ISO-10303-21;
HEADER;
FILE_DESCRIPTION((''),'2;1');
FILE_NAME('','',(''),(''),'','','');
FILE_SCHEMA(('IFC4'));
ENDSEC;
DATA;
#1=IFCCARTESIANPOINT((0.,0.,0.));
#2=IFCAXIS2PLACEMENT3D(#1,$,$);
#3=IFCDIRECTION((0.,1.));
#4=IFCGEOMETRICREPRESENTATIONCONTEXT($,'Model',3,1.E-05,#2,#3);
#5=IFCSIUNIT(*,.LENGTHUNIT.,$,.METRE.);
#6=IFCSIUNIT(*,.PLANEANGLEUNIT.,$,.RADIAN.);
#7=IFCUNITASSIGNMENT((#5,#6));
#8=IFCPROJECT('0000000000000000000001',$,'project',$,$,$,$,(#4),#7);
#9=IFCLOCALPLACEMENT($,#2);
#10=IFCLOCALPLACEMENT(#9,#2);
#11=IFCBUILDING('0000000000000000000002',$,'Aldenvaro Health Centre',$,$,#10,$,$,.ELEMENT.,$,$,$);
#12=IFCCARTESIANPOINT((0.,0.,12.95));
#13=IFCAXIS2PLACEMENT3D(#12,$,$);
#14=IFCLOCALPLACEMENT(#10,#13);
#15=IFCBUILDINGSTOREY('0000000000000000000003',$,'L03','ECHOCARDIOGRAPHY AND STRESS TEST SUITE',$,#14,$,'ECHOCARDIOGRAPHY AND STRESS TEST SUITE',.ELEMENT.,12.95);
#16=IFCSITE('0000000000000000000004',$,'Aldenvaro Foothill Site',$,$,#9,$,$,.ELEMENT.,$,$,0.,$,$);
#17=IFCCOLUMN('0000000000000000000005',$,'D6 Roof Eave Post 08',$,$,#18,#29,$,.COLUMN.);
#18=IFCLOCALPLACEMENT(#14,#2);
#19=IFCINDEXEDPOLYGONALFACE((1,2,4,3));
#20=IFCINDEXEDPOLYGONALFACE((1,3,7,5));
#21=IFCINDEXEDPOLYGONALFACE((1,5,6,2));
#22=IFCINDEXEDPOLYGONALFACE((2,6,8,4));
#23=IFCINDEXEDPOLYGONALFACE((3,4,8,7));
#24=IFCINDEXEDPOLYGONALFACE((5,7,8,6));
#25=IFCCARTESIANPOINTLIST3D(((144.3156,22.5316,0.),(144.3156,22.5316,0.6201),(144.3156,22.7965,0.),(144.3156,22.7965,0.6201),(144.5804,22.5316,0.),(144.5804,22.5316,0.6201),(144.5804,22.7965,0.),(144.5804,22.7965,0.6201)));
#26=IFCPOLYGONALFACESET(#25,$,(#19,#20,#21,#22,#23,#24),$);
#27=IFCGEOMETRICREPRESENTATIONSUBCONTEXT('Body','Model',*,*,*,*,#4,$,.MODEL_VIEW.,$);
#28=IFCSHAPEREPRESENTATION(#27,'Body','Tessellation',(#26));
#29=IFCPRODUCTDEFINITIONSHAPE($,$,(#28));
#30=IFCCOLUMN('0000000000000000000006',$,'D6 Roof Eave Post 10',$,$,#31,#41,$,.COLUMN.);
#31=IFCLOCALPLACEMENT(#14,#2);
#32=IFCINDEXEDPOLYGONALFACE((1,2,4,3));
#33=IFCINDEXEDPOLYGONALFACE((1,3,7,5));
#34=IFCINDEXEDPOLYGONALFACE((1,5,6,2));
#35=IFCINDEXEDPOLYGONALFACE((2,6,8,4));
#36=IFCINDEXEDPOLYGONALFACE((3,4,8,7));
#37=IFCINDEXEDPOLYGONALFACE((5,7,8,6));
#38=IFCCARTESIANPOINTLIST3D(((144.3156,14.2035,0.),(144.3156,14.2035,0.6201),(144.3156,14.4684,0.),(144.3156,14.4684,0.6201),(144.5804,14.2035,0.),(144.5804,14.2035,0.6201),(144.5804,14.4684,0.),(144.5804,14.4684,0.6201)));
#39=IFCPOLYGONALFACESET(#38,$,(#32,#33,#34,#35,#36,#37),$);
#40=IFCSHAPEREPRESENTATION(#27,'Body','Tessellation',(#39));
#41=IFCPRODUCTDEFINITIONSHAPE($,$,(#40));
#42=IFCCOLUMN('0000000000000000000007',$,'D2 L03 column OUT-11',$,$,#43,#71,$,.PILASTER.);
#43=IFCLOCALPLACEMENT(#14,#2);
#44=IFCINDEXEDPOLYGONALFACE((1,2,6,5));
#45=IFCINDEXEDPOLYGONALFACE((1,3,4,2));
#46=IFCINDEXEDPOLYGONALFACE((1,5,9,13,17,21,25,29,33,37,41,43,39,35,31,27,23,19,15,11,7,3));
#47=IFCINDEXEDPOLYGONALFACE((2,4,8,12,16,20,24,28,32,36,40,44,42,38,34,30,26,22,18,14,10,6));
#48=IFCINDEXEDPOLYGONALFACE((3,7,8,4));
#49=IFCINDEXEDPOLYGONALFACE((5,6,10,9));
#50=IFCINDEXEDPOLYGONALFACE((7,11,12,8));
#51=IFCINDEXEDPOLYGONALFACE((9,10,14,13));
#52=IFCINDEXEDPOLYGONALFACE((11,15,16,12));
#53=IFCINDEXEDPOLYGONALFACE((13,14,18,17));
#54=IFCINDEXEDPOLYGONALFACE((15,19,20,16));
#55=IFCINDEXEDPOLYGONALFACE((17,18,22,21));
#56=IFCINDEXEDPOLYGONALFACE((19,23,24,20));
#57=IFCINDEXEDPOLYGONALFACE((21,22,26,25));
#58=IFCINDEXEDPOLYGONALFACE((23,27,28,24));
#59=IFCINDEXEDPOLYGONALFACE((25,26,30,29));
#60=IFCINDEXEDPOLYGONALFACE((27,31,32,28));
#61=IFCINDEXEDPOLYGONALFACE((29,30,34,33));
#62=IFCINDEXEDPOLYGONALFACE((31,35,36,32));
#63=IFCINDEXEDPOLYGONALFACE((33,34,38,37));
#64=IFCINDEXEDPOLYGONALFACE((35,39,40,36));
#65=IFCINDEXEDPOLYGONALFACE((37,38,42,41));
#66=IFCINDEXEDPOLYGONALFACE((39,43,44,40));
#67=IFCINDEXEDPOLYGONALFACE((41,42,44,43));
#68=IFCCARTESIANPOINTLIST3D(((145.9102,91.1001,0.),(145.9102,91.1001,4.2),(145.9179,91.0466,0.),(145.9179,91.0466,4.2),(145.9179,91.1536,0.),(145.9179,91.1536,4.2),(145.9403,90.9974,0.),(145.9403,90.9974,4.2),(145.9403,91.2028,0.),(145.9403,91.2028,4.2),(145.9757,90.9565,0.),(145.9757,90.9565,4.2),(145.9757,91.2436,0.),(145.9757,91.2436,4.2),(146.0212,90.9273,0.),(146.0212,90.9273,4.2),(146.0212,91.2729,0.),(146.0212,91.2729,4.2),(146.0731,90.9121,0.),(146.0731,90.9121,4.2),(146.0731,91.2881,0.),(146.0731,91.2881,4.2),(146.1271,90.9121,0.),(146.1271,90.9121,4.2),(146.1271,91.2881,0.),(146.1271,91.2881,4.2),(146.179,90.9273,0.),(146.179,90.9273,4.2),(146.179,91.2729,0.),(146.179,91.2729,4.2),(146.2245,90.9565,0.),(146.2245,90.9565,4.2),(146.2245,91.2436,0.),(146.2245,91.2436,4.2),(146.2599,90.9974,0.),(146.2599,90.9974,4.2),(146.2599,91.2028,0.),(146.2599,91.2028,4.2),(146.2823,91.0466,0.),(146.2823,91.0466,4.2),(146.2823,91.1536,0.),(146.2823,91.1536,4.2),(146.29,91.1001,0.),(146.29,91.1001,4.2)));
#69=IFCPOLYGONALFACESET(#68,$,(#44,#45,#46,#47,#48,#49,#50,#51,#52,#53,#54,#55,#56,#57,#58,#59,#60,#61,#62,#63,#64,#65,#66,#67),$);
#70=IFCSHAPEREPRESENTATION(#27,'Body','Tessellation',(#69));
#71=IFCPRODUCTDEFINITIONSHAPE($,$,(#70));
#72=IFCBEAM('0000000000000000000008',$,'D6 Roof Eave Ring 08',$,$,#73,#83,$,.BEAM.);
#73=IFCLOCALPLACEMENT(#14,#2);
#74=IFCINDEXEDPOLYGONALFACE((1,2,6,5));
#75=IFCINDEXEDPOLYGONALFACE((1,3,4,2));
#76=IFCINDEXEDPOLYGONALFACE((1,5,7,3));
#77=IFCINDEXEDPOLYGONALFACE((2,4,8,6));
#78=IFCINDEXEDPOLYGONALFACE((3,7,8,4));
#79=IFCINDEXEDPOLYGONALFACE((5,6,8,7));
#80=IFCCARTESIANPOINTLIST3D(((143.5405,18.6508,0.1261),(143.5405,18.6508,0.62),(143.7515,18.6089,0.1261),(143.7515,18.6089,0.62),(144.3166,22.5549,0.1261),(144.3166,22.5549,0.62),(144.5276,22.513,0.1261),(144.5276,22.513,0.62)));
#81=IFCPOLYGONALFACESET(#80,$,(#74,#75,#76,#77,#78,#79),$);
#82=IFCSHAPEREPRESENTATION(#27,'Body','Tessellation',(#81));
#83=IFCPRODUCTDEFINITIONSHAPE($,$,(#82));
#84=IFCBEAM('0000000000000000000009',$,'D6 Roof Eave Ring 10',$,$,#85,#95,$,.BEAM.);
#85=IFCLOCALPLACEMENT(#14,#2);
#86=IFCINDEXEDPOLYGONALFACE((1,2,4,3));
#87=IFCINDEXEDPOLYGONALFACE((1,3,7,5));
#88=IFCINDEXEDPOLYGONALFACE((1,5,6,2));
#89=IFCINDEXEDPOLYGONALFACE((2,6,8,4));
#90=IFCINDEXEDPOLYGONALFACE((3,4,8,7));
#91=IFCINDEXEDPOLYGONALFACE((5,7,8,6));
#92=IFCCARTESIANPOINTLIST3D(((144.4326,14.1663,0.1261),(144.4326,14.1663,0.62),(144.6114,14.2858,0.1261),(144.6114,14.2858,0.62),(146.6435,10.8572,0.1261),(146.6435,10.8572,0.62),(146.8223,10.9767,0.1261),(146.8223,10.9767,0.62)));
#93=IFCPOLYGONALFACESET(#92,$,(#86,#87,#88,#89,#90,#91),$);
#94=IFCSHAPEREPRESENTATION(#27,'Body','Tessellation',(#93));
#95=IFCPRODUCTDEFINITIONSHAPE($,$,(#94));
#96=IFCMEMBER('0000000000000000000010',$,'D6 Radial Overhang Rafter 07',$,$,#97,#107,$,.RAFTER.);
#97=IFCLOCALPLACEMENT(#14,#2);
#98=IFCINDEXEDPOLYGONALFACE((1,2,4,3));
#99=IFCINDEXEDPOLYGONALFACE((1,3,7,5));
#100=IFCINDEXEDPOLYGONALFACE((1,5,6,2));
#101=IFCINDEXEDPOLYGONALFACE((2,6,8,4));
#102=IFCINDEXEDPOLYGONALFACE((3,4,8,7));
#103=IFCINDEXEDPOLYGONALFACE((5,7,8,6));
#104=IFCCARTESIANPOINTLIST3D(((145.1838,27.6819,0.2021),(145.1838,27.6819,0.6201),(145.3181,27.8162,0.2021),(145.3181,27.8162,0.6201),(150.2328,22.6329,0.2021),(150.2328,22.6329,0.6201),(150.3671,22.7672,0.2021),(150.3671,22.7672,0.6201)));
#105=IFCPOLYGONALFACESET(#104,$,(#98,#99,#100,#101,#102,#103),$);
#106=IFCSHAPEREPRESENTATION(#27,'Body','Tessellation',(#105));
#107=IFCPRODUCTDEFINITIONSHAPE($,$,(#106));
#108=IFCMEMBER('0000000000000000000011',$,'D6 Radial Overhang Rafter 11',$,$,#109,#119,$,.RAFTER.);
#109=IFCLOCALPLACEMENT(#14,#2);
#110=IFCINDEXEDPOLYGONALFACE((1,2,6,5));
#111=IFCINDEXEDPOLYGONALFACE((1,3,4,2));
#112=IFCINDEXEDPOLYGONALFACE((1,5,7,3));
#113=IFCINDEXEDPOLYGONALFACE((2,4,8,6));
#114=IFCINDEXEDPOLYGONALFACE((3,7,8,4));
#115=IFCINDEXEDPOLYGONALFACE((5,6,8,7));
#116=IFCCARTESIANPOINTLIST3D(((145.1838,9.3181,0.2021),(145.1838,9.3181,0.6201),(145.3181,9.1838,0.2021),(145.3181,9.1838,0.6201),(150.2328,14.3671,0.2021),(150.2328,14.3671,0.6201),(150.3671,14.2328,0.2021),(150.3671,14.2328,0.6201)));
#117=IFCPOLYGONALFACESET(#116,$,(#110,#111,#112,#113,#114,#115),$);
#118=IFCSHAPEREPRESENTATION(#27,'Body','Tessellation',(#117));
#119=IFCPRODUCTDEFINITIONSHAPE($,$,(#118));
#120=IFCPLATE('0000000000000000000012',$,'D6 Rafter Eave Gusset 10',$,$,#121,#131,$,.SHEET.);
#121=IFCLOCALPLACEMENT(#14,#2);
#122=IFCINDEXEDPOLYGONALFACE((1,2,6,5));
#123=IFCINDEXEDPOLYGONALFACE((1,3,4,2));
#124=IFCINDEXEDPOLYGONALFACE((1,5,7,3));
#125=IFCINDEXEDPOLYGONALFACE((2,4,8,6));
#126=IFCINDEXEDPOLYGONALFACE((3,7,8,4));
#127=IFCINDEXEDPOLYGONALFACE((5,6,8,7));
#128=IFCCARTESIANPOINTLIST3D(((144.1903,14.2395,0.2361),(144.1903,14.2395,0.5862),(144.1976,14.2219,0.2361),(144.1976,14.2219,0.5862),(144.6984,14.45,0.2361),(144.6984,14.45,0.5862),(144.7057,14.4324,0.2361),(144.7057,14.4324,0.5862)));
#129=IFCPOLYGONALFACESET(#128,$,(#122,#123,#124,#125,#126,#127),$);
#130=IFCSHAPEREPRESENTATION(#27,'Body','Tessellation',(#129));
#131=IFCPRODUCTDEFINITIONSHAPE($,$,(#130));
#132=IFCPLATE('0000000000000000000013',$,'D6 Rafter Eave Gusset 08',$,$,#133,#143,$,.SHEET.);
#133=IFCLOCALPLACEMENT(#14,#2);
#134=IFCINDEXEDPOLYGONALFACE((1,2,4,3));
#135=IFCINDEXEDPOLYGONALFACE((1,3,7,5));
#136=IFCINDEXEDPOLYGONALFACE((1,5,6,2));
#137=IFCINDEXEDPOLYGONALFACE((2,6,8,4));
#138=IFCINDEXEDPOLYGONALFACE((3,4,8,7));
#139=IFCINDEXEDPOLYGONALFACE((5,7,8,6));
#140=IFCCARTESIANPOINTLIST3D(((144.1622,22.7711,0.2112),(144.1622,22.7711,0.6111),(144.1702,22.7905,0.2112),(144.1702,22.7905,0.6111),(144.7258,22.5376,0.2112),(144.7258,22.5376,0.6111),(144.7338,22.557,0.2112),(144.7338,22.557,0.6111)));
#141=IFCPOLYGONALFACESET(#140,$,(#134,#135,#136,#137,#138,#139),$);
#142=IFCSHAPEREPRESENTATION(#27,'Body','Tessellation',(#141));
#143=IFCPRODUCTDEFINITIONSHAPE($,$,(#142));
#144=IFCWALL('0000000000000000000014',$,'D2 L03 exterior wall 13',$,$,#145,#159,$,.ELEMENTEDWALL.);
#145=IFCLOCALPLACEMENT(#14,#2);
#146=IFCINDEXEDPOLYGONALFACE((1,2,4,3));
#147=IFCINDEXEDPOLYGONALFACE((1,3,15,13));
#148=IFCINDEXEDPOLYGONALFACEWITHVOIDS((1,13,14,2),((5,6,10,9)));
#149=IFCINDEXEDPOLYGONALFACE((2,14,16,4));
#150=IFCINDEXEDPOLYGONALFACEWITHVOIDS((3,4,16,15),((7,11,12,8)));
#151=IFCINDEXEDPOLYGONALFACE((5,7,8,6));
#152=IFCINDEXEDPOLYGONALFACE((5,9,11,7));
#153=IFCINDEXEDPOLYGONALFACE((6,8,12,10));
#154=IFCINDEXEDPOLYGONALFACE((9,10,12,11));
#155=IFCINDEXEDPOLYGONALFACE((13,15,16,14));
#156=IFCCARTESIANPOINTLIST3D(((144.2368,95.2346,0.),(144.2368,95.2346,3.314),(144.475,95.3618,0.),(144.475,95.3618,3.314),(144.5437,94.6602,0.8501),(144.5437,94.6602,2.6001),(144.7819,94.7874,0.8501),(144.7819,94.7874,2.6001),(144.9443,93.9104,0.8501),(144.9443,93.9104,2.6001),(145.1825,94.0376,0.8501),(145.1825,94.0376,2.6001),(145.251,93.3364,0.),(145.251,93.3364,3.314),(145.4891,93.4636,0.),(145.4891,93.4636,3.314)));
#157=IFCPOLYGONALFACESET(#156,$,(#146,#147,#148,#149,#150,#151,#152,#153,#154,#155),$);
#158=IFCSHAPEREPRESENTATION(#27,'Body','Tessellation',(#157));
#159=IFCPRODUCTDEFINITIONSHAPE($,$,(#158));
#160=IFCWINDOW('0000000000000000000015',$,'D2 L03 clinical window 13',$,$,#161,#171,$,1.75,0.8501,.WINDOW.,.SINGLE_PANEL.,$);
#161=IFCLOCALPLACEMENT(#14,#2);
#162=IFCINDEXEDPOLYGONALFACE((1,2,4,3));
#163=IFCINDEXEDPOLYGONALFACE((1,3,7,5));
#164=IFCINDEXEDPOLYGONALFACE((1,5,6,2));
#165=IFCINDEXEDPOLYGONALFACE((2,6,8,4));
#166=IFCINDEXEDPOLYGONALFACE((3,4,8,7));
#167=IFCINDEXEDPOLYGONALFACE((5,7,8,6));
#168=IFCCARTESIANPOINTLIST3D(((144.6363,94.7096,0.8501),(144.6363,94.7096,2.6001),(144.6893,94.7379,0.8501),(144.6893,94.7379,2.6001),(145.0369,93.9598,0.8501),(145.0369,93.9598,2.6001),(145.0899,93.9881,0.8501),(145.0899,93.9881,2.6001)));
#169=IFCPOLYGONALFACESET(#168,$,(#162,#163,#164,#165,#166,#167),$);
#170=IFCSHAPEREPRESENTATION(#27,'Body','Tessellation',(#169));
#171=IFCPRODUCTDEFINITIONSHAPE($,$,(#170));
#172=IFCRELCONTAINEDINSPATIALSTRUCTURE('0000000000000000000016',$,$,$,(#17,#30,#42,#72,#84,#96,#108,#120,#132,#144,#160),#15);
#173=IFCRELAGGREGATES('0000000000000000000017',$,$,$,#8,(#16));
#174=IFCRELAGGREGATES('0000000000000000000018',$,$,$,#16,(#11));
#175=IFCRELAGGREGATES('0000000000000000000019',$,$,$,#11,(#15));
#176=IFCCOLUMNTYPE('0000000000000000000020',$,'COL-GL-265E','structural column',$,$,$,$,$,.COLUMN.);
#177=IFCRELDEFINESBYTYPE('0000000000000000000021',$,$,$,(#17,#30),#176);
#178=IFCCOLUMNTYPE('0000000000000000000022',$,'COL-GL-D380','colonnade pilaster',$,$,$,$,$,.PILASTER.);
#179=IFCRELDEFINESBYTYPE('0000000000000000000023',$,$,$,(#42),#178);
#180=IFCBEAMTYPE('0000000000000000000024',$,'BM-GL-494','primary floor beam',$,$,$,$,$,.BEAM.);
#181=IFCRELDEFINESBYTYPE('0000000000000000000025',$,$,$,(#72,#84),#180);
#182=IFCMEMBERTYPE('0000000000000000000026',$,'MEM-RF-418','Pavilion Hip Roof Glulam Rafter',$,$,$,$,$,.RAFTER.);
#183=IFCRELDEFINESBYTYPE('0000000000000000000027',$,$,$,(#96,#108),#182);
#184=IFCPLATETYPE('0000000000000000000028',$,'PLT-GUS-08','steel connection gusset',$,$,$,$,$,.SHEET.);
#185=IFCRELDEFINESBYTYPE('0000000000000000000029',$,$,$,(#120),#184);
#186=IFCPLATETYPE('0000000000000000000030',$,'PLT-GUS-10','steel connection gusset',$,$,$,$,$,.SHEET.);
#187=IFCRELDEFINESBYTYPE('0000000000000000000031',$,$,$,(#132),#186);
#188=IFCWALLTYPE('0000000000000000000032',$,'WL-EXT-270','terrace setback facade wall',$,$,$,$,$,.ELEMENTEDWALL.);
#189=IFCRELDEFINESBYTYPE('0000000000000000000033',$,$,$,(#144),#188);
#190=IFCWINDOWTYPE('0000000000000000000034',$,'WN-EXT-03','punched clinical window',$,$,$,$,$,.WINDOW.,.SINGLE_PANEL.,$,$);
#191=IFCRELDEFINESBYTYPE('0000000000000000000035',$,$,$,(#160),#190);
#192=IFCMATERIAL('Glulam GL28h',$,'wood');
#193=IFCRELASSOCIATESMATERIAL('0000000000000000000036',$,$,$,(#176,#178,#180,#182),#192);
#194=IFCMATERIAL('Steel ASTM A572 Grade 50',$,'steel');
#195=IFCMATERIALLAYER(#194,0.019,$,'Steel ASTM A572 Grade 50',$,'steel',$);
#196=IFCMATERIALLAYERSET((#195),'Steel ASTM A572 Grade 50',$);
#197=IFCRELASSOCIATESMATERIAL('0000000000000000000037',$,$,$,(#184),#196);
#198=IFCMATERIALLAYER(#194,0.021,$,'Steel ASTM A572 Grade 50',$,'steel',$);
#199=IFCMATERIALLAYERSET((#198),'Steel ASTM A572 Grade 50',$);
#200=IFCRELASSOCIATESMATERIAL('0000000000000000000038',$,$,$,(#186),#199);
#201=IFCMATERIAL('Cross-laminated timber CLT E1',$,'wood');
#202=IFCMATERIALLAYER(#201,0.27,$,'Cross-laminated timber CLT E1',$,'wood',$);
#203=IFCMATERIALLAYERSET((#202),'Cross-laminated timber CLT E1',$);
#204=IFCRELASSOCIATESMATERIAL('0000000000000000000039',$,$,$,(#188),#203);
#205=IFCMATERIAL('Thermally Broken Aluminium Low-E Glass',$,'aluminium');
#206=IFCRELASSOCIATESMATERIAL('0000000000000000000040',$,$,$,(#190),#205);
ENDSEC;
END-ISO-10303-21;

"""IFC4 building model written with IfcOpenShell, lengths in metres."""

from ifc_helpers import new_model, si_unit, direction, frame, frame_2d, origin, origin_2d, place, context, subcontext, project, spatial, rectangle, circle, extrude, material, layer, layer_set, material_profile, profile_set, type_object, element, fill, save


model = new_model("IFC4")

# Units and contexts
model_context = context("Model", 3, precision=1e-05, world=origin(), true_north=direction((0.0, 1.0)))
body_context = subcontext(model_context, "Body", "Model", "MODEL_VIEW")
ifc_project = project(units=[si_unit("LENGTHUNIT", "METRE"), si_unit("PLANEANGLEUNIT", "RADIAN")], contexts=[model_context])

# Site, building, storey
site_placement = place(None, origin())
site = spatial("IfcSite", under=ifc_project, at=site_placement, Name="Aldenvaro Foothill Site", CompositionType="ELEMENT", RefElevation=0.0)
building_placement = place(site_placement, origin())
building = spatial("IfcBuilding", under=site, at=building_placement, Name="Aldenvaro Health Centre", CompositionType="ELEMENT")
storey_placement = place(building_placement, frame((0.0, 0.0, 12.95)))
storey = spatial("IfcBuildingStorey", under=building, at=storey_placement, Name="L03", Description="ECHOCARDIOGRAPHY AND STRESS TEST SUITE", LongName="ECHOCARDIOGRAPHY AND STRESS TEST SUITE", CompositionType="ELEMENT", Elevation=12.95)

# Columns
ifc_material_1 = material(Name="Glulam GL28h", Category="wood")
ifc_material_profile_1 = material_profile(ifc_material_1, rectangle(XDim=0.2649, YDim=0.2649, at=origin_2d()), Name="GL 265x265", Category="wood")
ifc_profile_set_1 = profile_set([ifc_material_profile_1], Name="Glulam GL28h")
column_type_1 = type_object("IfcColumnType", Name="COL-GL-265E", Description="structural column", PredefinedType="COLUMN", material=ifc_profile_set_1)
for number, where, z_axis, x_axis, name in (
    (1, (144.448, 22.6641, 0.0), (0.0, 0.0, 1.0), (1.0, 0.0, 0.0), "D6 Roof Eave Post 08"),
    (2, (144.448, 14.3359, 0.0), (0.0, 0.0, 1.0), (1.0, 0.0, 0.0), "D6 Roof Eave Post 10"),
):
    element("IfcColumn", number, at=place(storey_placement, frame(where, z_axis=z_axis, x_axis=x_axis)), inside=storey, type_object=column_type_1, Name=name, PredefinedType="COLUMN", context=body_context, shape_type="SweptSolid", body=[
        extrude(rectangle(XDim=0.2649, YDim=0.2649, at=origin_2d()), origin(), (0.0, 0.0, 1.0), 0.6201),
    ])
ifc_material_profile_2 = material_profile(ifc_material_1, circle(Radius=0.1899, at=origin_2d()), Name="GL D380", Category="wood")
ifc_profile_set_2 = profile_set([ifc_material_profile_2], Name="Glulam GL28h")
column_type_2 = type_object("IfcColumnType", Name="COL-GL-D380", Description="colonnade pilaster", PredefinedType="PILASTER", material=ifc_profile_set_2)
column_placement = place(storey_placement, frame((146.1001, 91.1001, 0.0), z_axis=(0.0, 0.0, 1.0), x_axis=(1.0, 0.0, 0.0)))
element("IfcColumn", 3, at=column_placement, inside=storey, type_object=column_type_2, Name="D2 L03 column OUT-11", PredefinedType="PILASTER", context=body_context, shape_type="SweptSolid", body=[
    extrude(circle(Radius=0.1899, at=origin_2d()), origin(), (0.0, 0.0, 1.0), 4.2),
])

# Beams
ifc_material_profile_3 = material_profile(ifc_material_1, rectangle(XDim=0.2151, YDim=0.4939, at=origin_2d()), Name="GL 215x494", Category="wood")
ifc_profile_set_3 = profile_set([ifc_material_profile_3], Name="Glulam GL28h")
beam_type = type_object("IfcBeamType", Name="BM-GL-494", Description="primary floor beam", PredefinedType="BEAM", material=ifc_profile_set_3)
beam_1_placement = place(storey_placement, frame((144.4221, 22.5339, 0.373), z_axis=(-0.194984, -0.980806, 0.0), x_axis=(0.980806, -0.194984, 0.0)))
element("IfcBeam", 4, at=beam_1_placement, inside=storey, type_object=beam_type, Name="D6 Roof Eave Ring 08", PredefinedType="BEAM", context=body_context, shape_type="SweptSolid", body=[
    extrude(rectangle(XDim=0.2151, YDim=0.4939, at=origin_2d()), origin(), (0.0, 0.0, 1.0), 3.9805),
])
beam_2_placement = place(storey_placement, frame((144.522, 14.2261, 0.373), z_axis=(0.555549, -0.831484, 0.0), x_axis=(0.831484, 0.555549, 0.0)))
element("IfcBeam", 5, at=beam_2_placement, inside=storey, type_object=beam_type, Name="D6 Roof Eave Ring 10", PredefinedType="BEAM", context=body_context, shape_type="SweptSolid", body=[
    extrude(rectangle(XDim=0.2151, YDim=0.4939, at=origin_2d()), origin(), (0.0, 0.0, 1.0), 3.9797),
])

# Members
ifc_material_profile_4 = material_profile(ifc_material_1, rectangle(XDim=0.1899, YDim=0.418, at=origin_2d()), Name="GL 190x418", Category="wood")
ifc_profile_set_4 = profile_set([ifc_material_profile_4], Name="Glulam GL28h")
member_type = type_object("IfcMemberType", Name="MEM-RF-418", Description="Pavilion Hip Roof Glulam Rafter", PredefinedType="RAFTER", material=ifc_profile_set_4)
for number, where, z_axis, x_axis, name in (
    (6, (145.251, 27.749, 0.4111), (0.707107, -0.707107, 0.0), (0.707107, 0.707107, 0.0), "D6 Radial Overhang Rafter 07"),
    (7, (145.251, 9.251, 0.4111), (0.707107, 0.707107, 0.0), (-0.707107, 0.707107, 0.0), "D6 Radial Overhang Rafter 11"),
):
    element("IfcMember", number, at=place(storey_placement, frame(where, z_axis=z_axis, x_axis=x_axis)), inside=storey, type_object=member_type, Name=name, PredefinedType="RAFTER", context=body_context, shape_type="SweptSolid", body=[
        extrude(rectangle(XDim=0.1899, YDim=0.418, at=origin_2d()), origin(), (0.0, 0.0, 1.0), 7.1404),
    ])

# Plates
ifc_material_2 = material(Name="Steel ASTM A572 Grade 50", Category="steel")
ifc_layer_1 = layer(ifc_material_2, 0.019, Name="Steel ASTM A572 Grade 50", Category="steel")
ifc_layer_set_1 = layer_set([ifc_layer_1], Name="Steel ASTM A572 Grade 50")
plate_type_1 = type_object("IfcPlateType", Name="PLT-GUS-08", Description="steel connection gusset", PredefinedType="SHEET", material=ifc_layer_set_1)
plate_1_placement = place(storey_placement, frame((144.448, 14.3359, 0.2361), z_axis=(0.0, 0.0, 1.0), x_axis=(-0.923869, -0.382709, 0.0)))
element("IfcPlate", 8, at=plate_1_placement, inside=storey, type_object=plate_type_1, Name="D6 Rafter Eave Gusset 10", PredefinedType="SHEET", context=body_context, shape_type="SweptSolid", body=[
    extrude(rectangle(XDim=0.55, YDim=0.019, at=origin_2d()), origin(), (0.0, 0.0, 1.0), 0.3501),
])
ifc_layer_2 = layer(ifc_material_2, 0.021, Name="Steel ASTM A572 Grade 50", Category="steel")
ifc_layer_set_2 = layer_set([ifc_layer_2], Name="Steel ASTM A572 Grade 50")
plate_type_2 = type_object("IfcPlateType", Name="PLT-GUS-10", Description="steel connection gusset", PredefinedType="SHEET", material=ifc_layer_set_2)
plate_2_placement = place(storey_placement, frame((144.448, 22.6641, 0.2112), z_axis=(0.0, 0.0, 1.0), x_axis=(-0.923869, 0.382709, 0.0)))
element("IfcPlate", 9, at=plate_2_placement, inside=storey, type_object=plate_type_2, Name="D6 Rafter Eave Gusset 08", PredefinedType="SHEET", context=body_context, shape_type="SweptSolid", body=[
    extrude(rectangle(XDim=0.6101, YDim=0.021, at=origin_2d()), origin(), (0.0, 0.0, 1.0), 0.3999),
])

# Wall, opening, window
ifc_material_3 = material(Name="Cross-laminated timber CLT E1", Category="wood")
ifc_layer_3 = layer(ifc_material_3, 0.27, Name="Cross-laminated timber CLT E1", Category="wood")
ifc_layer_set_3 = layer_set([ifc_layer_3], Name="Cross-laminated timber CLT E1")
wall_type = type_object("IfcWallType", Name="WL-EXT-270", Description="terrace setback facade wall", PredefinedType="ELEMENTEDWALL", material=ifc_layer_set_3)
wall_1_placement = place(storey_placement, frame((145.3701, 93.3999, 0.0), z_axis=(0.0, 0.0, 1.0), x_axis=(-0.471236, 0.882007, 0.0)))
wall_1 = element("IfcWall", 10, at=wall_1_placement, inside=storey, type_object=wall_type, Name="D2 L03 exterior wall 13", PredefinedType="ELEMENTEDWALL", context=body_context, shape_type="SweptSolid", body=[
    extrude(rectangle(XDim=2.1521, YDim=0.27, at=frame_2d((1.0762, 0.0))), origin(), (0.0, 0.0, 1.0), 3.314),
])
opening_1_placement = place(wall_1_placement, frame((0.6509, 0.0, 0.8501)))
opening_1 = element("IfcOpeningElement", 11, at=opening_1_placement, cuts=wall_1, PredefinedType="OPENING", context=body_context, shape_type="SweptSolid", body=[
    extrude(rectangle(XDim=0.8501, YDim=1.75, at=frame_2d((0.425, 0.875))), frame((0.0, 0.145, 0.0), z_axis=(0.0, -1.0, 0.0), x_axis=(1.0, 0.0, 0.0)), (0.0, 0.0, 1.0), 0.29),
])
ifc_material_4 = material(Name="Thermally Broken Aluminium Low-E Glass", Category="aluminium")
window_type_1 = type_object("IfcWindowType", Name="WN-EXT-03", Description="punched clinical window", PartitioningType="SINGLE_PANEL", PredefinedType="WINDOW", material=ifc_material_4)
window_1_placement = place(opening_1_placement, origin())
window_1 = element("IfcWindow", 12, at=window_1_placement, inside=storey, type_object=window_type_1, Name="D2 L03 clinical window 13", OverallHeight=1.75, OverallWidth=0.8501, PartitioningType="SINGLE_PANEL", PredefinedType="WINDOW", context=body_context, shape_type="SweptSolid", body=[
    extrude(rectangle(XDim=0.8501, YDim=1.75, at=frame_2d((0.425, 0.875))), frame((0.0, 0.03, 0.0), z_axis=(0.0, -1.0, 0.0), x_axis=(1.0, 0.0, 0.0)), (0.0, 0.0, 1.0), 0.0601),
])
fill(opening_1, window_1)

save(model, "model.ifc")
